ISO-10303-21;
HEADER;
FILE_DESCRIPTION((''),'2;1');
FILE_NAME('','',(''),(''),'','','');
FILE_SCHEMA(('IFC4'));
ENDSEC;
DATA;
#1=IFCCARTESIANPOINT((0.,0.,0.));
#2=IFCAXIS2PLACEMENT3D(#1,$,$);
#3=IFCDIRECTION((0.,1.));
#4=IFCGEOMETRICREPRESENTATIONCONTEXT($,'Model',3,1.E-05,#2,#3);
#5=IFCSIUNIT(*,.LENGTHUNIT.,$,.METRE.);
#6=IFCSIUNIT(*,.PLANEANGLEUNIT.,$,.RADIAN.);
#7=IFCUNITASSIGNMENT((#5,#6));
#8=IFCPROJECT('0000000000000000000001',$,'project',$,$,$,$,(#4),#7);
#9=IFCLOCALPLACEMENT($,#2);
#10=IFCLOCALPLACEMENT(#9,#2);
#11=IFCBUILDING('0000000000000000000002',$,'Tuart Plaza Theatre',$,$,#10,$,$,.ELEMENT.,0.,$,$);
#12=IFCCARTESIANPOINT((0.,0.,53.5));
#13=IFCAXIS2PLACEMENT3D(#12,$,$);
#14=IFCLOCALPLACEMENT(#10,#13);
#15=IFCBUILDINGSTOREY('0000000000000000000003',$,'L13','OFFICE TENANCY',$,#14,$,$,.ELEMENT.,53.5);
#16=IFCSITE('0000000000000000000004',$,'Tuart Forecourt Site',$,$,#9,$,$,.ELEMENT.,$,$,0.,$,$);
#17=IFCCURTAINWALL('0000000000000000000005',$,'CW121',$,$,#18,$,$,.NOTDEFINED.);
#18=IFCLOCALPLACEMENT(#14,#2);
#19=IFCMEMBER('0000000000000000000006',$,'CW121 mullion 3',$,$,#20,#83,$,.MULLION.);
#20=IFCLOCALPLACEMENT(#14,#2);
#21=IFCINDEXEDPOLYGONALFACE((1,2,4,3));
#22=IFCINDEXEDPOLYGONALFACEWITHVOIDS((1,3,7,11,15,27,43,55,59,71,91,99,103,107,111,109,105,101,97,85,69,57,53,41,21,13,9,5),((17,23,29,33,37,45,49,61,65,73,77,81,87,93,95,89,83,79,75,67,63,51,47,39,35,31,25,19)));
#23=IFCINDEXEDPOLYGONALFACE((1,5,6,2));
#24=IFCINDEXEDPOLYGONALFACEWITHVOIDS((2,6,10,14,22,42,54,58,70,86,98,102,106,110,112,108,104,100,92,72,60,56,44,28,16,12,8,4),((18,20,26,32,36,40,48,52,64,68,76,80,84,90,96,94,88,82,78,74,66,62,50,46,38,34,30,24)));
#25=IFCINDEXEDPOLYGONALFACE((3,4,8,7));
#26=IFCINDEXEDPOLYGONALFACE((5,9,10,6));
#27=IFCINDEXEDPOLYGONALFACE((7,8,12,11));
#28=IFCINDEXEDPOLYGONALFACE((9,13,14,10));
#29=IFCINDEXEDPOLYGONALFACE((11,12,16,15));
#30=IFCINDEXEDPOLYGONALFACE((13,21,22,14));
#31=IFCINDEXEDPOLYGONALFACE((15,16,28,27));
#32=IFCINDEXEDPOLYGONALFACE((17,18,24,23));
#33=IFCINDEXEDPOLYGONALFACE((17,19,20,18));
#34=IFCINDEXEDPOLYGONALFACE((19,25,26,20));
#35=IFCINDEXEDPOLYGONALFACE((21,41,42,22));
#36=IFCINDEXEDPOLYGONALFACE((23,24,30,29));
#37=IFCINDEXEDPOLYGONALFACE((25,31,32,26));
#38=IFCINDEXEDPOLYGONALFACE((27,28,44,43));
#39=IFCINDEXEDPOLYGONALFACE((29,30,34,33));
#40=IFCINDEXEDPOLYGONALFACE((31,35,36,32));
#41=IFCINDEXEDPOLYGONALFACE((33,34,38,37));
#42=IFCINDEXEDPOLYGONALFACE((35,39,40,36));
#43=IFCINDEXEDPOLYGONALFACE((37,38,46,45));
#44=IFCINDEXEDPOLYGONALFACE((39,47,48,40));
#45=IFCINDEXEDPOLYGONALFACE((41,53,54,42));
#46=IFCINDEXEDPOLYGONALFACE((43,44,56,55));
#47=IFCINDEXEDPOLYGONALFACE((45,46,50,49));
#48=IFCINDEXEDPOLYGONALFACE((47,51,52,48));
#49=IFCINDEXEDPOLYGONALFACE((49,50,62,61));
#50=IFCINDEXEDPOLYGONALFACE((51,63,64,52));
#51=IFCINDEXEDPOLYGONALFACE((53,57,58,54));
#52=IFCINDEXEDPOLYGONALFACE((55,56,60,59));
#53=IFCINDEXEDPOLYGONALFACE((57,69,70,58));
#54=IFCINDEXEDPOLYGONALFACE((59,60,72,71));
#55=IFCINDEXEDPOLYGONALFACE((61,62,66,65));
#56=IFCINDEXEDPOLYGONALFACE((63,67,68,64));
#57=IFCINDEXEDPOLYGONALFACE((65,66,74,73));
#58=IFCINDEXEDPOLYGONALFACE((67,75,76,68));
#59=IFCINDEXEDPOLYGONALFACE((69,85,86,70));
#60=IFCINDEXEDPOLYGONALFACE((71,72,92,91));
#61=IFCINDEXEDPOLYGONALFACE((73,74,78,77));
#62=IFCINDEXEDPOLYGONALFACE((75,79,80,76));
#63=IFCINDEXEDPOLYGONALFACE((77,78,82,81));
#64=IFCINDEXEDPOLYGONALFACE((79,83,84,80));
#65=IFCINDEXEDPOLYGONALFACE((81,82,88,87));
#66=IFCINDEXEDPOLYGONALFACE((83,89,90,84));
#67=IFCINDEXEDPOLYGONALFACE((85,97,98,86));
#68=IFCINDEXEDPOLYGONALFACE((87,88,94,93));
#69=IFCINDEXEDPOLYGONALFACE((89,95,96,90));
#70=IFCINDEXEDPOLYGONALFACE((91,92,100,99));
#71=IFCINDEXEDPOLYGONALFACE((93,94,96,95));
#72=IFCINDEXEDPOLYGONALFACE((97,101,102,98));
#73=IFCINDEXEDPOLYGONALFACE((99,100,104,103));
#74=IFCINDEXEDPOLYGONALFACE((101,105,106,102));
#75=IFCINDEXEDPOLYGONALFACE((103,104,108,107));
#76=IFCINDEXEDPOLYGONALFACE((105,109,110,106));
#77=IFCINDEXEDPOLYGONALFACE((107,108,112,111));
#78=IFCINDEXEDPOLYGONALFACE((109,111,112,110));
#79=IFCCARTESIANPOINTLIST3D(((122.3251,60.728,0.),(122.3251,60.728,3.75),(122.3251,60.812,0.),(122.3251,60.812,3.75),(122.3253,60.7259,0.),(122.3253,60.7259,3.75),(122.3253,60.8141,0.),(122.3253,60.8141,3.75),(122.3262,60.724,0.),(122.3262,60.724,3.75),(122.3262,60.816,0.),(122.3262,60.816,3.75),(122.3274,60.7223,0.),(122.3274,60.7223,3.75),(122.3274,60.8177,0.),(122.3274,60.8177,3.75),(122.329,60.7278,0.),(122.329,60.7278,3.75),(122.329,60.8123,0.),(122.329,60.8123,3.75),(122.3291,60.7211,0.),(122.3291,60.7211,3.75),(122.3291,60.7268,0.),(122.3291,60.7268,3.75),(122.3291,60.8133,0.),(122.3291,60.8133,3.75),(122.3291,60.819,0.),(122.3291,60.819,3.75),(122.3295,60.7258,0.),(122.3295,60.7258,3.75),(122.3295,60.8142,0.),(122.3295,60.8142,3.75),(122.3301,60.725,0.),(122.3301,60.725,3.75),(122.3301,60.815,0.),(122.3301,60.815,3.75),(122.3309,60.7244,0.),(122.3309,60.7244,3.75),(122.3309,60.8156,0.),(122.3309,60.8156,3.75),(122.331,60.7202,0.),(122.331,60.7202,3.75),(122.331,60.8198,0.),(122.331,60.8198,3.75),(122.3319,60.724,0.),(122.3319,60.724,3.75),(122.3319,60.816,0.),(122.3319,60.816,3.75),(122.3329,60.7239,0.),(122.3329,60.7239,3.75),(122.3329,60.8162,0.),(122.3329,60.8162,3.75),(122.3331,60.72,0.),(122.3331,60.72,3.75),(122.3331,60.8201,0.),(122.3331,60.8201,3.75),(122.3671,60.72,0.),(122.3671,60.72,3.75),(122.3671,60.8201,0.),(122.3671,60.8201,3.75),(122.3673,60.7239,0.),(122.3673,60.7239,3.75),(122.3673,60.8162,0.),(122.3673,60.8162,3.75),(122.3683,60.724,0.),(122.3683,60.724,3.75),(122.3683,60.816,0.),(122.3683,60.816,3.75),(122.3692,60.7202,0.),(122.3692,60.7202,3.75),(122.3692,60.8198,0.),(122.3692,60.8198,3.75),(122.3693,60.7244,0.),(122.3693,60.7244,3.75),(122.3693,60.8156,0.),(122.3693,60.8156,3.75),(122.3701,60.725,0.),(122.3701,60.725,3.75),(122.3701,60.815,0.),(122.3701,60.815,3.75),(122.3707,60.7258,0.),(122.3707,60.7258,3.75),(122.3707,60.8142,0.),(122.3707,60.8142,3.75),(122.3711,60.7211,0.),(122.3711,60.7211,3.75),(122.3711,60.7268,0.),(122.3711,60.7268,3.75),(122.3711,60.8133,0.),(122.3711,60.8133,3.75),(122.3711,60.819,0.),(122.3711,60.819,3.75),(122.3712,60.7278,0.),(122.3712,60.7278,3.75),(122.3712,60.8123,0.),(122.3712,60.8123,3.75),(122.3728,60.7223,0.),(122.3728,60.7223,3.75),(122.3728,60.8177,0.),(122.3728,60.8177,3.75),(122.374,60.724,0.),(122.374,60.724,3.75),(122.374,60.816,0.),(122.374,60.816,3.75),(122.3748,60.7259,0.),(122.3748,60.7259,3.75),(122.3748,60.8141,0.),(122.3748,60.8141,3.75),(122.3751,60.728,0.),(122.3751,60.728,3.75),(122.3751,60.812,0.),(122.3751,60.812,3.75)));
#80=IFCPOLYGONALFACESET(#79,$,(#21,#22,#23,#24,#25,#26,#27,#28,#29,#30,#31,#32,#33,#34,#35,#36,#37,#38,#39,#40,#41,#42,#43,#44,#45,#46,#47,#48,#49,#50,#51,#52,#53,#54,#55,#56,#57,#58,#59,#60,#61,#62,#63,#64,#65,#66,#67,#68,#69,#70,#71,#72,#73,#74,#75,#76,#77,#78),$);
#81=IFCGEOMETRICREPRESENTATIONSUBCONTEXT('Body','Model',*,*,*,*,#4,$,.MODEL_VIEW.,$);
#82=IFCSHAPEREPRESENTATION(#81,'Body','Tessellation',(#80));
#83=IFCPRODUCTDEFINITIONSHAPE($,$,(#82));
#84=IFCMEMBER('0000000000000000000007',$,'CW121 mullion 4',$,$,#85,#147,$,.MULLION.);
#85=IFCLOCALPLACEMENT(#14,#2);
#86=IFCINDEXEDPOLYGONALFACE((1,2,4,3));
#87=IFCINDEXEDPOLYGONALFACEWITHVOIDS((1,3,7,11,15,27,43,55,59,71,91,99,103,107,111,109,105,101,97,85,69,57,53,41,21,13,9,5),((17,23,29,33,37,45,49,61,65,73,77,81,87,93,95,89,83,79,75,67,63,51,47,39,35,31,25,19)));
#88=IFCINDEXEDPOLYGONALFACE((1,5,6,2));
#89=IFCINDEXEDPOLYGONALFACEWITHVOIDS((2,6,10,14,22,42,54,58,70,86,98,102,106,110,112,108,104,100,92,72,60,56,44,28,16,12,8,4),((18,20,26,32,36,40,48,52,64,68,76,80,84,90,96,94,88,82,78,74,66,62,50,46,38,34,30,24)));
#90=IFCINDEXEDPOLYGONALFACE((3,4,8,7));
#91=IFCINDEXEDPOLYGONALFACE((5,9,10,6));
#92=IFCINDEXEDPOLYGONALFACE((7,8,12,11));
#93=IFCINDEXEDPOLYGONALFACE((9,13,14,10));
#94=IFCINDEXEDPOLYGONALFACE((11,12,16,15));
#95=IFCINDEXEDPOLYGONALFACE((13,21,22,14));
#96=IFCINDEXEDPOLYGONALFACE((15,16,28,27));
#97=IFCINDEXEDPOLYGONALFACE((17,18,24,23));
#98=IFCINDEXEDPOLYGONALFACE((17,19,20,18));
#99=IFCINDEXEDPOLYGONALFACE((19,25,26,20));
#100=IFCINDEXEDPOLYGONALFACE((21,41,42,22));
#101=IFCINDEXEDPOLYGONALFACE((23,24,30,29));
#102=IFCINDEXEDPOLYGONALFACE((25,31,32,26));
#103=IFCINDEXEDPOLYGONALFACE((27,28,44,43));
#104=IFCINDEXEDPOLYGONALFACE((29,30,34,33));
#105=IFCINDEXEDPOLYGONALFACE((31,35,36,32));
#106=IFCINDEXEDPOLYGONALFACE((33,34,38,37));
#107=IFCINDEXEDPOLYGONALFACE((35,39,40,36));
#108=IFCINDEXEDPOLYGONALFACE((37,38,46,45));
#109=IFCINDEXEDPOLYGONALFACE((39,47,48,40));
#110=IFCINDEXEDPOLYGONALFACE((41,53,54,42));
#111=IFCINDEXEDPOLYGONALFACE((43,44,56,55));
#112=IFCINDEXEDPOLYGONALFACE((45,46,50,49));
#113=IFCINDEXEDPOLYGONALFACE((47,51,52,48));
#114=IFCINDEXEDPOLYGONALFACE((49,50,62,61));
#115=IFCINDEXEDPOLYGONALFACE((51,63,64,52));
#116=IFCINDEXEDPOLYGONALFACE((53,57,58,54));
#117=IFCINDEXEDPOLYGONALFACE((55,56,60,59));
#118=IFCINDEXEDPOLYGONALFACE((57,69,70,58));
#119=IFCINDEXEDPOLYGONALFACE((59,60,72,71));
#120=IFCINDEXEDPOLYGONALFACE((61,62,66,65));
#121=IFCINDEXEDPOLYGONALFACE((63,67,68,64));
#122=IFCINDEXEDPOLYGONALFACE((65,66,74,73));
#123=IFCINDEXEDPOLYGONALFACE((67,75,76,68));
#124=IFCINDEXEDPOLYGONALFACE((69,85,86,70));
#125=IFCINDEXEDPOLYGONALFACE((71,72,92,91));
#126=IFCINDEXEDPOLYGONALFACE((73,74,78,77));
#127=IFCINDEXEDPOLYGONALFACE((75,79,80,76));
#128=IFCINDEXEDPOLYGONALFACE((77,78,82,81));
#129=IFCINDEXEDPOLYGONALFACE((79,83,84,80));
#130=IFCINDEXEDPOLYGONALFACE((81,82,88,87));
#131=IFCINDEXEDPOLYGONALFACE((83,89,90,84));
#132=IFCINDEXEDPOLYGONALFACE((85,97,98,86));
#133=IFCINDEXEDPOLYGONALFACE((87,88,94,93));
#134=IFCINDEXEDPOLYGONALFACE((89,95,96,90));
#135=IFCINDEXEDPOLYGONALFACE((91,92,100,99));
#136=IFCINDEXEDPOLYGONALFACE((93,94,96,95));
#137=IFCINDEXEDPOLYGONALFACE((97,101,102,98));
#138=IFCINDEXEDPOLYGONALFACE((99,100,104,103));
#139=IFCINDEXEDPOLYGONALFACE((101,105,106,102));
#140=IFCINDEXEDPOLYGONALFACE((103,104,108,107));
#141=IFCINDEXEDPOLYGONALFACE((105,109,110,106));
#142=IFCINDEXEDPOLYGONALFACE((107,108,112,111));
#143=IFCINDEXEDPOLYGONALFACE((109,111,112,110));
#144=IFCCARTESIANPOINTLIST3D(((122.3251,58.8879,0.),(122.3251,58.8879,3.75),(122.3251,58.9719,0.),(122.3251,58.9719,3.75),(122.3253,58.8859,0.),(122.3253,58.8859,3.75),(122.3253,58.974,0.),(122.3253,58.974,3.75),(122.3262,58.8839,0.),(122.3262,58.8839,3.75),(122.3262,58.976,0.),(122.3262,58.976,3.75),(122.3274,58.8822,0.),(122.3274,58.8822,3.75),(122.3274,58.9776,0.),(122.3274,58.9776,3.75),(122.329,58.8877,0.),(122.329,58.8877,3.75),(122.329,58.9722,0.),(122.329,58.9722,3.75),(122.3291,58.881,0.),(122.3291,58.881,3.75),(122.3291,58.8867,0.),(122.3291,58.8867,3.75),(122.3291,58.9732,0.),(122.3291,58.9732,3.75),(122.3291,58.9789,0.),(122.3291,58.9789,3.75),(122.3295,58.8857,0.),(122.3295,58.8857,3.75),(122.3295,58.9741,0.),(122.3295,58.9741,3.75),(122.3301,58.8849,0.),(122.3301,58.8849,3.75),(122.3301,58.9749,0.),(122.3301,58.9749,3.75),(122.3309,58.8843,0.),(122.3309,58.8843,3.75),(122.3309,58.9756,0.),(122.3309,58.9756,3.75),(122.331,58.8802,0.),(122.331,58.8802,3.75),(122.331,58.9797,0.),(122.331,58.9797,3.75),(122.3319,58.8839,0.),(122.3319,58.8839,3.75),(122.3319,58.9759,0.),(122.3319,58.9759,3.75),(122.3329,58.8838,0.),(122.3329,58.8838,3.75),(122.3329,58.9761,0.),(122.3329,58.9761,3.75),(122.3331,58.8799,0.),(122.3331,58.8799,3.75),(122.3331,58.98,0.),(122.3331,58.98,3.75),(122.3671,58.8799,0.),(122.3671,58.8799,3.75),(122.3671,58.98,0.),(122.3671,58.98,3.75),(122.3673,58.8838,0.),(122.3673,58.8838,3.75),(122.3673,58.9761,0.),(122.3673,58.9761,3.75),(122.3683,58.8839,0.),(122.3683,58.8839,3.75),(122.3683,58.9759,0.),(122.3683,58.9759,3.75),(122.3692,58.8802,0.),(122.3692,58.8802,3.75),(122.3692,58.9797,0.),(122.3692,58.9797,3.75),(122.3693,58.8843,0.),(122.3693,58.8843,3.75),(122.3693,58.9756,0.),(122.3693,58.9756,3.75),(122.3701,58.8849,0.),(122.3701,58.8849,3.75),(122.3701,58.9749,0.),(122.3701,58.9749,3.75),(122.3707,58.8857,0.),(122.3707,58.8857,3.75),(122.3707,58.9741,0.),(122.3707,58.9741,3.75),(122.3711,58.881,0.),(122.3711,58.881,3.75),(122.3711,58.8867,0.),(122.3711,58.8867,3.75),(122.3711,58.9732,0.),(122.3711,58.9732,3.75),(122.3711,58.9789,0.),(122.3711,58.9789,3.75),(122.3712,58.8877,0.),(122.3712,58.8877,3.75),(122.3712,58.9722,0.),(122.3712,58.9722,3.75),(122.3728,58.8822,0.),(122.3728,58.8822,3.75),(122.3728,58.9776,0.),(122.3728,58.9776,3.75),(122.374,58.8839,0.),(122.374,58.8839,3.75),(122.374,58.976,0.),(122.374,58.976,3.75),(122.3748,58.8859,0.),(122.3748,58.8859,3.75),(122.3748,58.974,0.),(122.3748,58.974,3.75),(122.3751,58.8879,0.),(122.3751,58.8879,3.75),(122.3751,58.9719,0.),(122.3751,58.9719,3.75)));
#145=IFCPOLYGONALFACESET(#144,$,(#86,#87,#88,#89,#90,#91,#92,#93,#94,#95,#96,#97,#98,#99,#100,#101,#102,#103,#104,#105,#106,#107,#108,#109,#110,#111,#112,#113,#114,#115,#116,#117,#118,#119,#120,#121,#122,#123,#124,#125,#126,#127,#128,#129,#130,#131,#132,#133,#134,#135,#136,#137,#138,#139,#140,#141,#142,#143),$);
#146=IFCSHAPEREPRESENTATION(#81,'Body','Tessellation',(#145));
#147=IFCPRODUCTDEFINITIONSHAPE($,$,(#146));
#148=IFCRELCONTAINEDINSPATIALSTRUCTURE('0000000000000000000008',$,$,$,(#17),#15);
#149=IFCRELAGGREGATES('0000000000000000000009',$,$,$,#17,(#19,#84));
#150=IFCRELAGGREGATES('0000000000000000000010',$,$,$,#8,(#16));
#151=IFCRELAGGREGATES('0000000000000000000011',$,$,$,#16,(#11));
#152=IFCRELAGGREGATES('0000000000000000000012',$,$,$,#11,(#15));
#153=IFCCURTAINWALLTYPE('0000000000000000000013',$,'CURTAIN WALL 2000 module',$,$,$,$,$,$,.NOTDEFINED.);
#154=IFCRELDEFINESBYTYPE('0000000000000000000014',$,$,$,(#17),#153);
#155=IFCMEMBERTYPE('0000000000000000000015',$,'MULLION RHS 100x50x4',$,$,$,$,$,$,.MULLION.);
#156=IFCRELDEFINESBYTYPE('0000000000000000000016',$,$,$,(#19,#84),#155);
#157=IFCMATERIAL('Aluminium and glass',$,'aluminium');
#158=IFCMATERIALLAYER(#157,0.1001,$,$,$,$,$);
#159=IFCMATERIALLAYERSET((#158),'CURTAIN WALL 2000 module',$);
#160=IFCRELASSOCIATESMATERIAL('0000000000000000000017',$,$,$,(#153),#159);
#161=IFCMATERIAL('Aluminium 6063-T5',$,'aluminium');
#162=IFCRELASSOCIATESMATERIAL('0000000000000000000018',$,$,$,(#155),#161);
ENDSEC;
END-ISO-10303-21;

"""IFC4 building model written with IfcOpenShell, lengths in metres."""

from ifc_helpers import new_model, si_unit, direction, frame, origin, origin_2d, place, context, subcontext, project, spatial, hollow_rectangle, extrude, material, layer, layer_set, material_profile, profile_set, type_object, element, aggregate, save


model = new_model("IFC4")

# Units and contexts
model_context = context("Model", 3, precision=1e-05, world=origin(), true_north=direction((0.0, 1.0)))
body_context = subcontext(model_context, "Body", "Model", "MODEL_VIEW")
ifc_project = project(units=[si_unit("LENGTHUNIT", "METRE"), si_unit("PLANEANGLEUNIT", "RADIAN")], contexts=[model_context])

# Site, building, storey
site_placement = place(None, origin())
site = spatial("IfcSite", under=ifc_project, at=site_placement, Name="Tuart Forecourt Site", CompositionType="ELEMENT", RefElevation=0.0)
building_placement = place(site_placement, origin())
building = spatial("IfcBuilding", under=site, at=building_placement, Name="Tuart Plaza Theatre", CompositionType="ELEMENT", ElevationOfRefHeight=0.0)
storey_placement = place(building_placement, frame((0.0, 0.0, 53.5)))
storey = spatial("IfcBuildingStorey", under=building, at=storey_placement, Name="L13", Description="OFFICE TENANCY", CompositionType="ELEMENT", Elevation=53.5)

# Curtain wall, members
ifc_material_1 = material(Name="Aluminium and glass", Category="aluminium")
ifc_layer_1 = layer(ifc_material_1, 0.1001)
ifc_layer_set_1 = layer_set([ifc_layer_1], Name="CURTAIN WALL 2000 module")
curtain_wall_type = type_object("IfcCurtainWallType", Name="CURTAIN WALL 2000 module", PredefinedType="NOTDEFINED", material=ifc_layer_set_1)
curtain_wall_1_placement = place(storey_placement, origin())
curtain_wall_1 = element("IfcCurtainWall", 1, at=curtain_wall_1_placement, inside=storey, type_object=curtain_wall_type, Name="CW121", PredefinedType="NOTDEFINED")
ifc_material_2 = material(Name="Aluminium 6063-T5", Category="aluminium")
ifc_material_profile_1 = material_profile(ifc_material_2, hollow_rectangle(XDim=0.05, YDim=0.1001, WallThickness=0.0039, InnerFilletRadius=0.0039, OuterFilletRadius=0.0081, at=origin_2d()), Name="RHS 100x50x4")
ifc_profile_set_1 = profile_set([ifc_material_profile_1], Name="Aluminium 6063-T5")
member_type_1 = type_object("IfcMemberType", Name="MULLION RHS 100x50x4", PredefinedType="MULLION", material=ifc_profile_set_1)
member_1_placement = place(storey_placement, frame((122.3501, 60.77, 0.0), z_axis=(0.0, 0.0, 1.0), x_axis=(1.0, 0.0, 0.0)))
member_1 = element("IfcMember", 2, at=member_1_placement, type_object=member_type_1, Name="CW121 mullion 3", PredefinedType="MULLION", context=body_context, shape_type="SweptSolid", body=[
    extrude(hollow_rectangle(XDim=0.05, YDim=0.1001, WallThickness=0.0039, InnerFilletRadius=0.0039, OuterFilletRadius=0.0081, at=origin_2d()), origin(), (0.0, 0.0, 1.0), 3.75),
])
member_2_placement = place(storey_placement, frame((122.3501, 58.9299, 0.0), z_axis=(0.0, 0.0, 1.0), x_axis=(1.0, 0.0, 0.0)))
member_2 = element("IfcMember", 3, at=member_2_placement, type_object=member_type_1, Name="CW121 mullion 4", PredefinedType="MULLION", context=body_context, shape_type="SweptSolid", body=[
    extrude(hollow_rectangle(XDim=0.05, YDim=0.1001, WallThickness=0.0039, InnerFilletRadius=0.0039, OuterFilletRadius=0.0081, at=origin_2d()), origin(), (0.0, 0.0, 1.0), 3.75),
])

aggregate(curtain_wall_1, [member_1, member_2])

save(model, "model.ifc")
